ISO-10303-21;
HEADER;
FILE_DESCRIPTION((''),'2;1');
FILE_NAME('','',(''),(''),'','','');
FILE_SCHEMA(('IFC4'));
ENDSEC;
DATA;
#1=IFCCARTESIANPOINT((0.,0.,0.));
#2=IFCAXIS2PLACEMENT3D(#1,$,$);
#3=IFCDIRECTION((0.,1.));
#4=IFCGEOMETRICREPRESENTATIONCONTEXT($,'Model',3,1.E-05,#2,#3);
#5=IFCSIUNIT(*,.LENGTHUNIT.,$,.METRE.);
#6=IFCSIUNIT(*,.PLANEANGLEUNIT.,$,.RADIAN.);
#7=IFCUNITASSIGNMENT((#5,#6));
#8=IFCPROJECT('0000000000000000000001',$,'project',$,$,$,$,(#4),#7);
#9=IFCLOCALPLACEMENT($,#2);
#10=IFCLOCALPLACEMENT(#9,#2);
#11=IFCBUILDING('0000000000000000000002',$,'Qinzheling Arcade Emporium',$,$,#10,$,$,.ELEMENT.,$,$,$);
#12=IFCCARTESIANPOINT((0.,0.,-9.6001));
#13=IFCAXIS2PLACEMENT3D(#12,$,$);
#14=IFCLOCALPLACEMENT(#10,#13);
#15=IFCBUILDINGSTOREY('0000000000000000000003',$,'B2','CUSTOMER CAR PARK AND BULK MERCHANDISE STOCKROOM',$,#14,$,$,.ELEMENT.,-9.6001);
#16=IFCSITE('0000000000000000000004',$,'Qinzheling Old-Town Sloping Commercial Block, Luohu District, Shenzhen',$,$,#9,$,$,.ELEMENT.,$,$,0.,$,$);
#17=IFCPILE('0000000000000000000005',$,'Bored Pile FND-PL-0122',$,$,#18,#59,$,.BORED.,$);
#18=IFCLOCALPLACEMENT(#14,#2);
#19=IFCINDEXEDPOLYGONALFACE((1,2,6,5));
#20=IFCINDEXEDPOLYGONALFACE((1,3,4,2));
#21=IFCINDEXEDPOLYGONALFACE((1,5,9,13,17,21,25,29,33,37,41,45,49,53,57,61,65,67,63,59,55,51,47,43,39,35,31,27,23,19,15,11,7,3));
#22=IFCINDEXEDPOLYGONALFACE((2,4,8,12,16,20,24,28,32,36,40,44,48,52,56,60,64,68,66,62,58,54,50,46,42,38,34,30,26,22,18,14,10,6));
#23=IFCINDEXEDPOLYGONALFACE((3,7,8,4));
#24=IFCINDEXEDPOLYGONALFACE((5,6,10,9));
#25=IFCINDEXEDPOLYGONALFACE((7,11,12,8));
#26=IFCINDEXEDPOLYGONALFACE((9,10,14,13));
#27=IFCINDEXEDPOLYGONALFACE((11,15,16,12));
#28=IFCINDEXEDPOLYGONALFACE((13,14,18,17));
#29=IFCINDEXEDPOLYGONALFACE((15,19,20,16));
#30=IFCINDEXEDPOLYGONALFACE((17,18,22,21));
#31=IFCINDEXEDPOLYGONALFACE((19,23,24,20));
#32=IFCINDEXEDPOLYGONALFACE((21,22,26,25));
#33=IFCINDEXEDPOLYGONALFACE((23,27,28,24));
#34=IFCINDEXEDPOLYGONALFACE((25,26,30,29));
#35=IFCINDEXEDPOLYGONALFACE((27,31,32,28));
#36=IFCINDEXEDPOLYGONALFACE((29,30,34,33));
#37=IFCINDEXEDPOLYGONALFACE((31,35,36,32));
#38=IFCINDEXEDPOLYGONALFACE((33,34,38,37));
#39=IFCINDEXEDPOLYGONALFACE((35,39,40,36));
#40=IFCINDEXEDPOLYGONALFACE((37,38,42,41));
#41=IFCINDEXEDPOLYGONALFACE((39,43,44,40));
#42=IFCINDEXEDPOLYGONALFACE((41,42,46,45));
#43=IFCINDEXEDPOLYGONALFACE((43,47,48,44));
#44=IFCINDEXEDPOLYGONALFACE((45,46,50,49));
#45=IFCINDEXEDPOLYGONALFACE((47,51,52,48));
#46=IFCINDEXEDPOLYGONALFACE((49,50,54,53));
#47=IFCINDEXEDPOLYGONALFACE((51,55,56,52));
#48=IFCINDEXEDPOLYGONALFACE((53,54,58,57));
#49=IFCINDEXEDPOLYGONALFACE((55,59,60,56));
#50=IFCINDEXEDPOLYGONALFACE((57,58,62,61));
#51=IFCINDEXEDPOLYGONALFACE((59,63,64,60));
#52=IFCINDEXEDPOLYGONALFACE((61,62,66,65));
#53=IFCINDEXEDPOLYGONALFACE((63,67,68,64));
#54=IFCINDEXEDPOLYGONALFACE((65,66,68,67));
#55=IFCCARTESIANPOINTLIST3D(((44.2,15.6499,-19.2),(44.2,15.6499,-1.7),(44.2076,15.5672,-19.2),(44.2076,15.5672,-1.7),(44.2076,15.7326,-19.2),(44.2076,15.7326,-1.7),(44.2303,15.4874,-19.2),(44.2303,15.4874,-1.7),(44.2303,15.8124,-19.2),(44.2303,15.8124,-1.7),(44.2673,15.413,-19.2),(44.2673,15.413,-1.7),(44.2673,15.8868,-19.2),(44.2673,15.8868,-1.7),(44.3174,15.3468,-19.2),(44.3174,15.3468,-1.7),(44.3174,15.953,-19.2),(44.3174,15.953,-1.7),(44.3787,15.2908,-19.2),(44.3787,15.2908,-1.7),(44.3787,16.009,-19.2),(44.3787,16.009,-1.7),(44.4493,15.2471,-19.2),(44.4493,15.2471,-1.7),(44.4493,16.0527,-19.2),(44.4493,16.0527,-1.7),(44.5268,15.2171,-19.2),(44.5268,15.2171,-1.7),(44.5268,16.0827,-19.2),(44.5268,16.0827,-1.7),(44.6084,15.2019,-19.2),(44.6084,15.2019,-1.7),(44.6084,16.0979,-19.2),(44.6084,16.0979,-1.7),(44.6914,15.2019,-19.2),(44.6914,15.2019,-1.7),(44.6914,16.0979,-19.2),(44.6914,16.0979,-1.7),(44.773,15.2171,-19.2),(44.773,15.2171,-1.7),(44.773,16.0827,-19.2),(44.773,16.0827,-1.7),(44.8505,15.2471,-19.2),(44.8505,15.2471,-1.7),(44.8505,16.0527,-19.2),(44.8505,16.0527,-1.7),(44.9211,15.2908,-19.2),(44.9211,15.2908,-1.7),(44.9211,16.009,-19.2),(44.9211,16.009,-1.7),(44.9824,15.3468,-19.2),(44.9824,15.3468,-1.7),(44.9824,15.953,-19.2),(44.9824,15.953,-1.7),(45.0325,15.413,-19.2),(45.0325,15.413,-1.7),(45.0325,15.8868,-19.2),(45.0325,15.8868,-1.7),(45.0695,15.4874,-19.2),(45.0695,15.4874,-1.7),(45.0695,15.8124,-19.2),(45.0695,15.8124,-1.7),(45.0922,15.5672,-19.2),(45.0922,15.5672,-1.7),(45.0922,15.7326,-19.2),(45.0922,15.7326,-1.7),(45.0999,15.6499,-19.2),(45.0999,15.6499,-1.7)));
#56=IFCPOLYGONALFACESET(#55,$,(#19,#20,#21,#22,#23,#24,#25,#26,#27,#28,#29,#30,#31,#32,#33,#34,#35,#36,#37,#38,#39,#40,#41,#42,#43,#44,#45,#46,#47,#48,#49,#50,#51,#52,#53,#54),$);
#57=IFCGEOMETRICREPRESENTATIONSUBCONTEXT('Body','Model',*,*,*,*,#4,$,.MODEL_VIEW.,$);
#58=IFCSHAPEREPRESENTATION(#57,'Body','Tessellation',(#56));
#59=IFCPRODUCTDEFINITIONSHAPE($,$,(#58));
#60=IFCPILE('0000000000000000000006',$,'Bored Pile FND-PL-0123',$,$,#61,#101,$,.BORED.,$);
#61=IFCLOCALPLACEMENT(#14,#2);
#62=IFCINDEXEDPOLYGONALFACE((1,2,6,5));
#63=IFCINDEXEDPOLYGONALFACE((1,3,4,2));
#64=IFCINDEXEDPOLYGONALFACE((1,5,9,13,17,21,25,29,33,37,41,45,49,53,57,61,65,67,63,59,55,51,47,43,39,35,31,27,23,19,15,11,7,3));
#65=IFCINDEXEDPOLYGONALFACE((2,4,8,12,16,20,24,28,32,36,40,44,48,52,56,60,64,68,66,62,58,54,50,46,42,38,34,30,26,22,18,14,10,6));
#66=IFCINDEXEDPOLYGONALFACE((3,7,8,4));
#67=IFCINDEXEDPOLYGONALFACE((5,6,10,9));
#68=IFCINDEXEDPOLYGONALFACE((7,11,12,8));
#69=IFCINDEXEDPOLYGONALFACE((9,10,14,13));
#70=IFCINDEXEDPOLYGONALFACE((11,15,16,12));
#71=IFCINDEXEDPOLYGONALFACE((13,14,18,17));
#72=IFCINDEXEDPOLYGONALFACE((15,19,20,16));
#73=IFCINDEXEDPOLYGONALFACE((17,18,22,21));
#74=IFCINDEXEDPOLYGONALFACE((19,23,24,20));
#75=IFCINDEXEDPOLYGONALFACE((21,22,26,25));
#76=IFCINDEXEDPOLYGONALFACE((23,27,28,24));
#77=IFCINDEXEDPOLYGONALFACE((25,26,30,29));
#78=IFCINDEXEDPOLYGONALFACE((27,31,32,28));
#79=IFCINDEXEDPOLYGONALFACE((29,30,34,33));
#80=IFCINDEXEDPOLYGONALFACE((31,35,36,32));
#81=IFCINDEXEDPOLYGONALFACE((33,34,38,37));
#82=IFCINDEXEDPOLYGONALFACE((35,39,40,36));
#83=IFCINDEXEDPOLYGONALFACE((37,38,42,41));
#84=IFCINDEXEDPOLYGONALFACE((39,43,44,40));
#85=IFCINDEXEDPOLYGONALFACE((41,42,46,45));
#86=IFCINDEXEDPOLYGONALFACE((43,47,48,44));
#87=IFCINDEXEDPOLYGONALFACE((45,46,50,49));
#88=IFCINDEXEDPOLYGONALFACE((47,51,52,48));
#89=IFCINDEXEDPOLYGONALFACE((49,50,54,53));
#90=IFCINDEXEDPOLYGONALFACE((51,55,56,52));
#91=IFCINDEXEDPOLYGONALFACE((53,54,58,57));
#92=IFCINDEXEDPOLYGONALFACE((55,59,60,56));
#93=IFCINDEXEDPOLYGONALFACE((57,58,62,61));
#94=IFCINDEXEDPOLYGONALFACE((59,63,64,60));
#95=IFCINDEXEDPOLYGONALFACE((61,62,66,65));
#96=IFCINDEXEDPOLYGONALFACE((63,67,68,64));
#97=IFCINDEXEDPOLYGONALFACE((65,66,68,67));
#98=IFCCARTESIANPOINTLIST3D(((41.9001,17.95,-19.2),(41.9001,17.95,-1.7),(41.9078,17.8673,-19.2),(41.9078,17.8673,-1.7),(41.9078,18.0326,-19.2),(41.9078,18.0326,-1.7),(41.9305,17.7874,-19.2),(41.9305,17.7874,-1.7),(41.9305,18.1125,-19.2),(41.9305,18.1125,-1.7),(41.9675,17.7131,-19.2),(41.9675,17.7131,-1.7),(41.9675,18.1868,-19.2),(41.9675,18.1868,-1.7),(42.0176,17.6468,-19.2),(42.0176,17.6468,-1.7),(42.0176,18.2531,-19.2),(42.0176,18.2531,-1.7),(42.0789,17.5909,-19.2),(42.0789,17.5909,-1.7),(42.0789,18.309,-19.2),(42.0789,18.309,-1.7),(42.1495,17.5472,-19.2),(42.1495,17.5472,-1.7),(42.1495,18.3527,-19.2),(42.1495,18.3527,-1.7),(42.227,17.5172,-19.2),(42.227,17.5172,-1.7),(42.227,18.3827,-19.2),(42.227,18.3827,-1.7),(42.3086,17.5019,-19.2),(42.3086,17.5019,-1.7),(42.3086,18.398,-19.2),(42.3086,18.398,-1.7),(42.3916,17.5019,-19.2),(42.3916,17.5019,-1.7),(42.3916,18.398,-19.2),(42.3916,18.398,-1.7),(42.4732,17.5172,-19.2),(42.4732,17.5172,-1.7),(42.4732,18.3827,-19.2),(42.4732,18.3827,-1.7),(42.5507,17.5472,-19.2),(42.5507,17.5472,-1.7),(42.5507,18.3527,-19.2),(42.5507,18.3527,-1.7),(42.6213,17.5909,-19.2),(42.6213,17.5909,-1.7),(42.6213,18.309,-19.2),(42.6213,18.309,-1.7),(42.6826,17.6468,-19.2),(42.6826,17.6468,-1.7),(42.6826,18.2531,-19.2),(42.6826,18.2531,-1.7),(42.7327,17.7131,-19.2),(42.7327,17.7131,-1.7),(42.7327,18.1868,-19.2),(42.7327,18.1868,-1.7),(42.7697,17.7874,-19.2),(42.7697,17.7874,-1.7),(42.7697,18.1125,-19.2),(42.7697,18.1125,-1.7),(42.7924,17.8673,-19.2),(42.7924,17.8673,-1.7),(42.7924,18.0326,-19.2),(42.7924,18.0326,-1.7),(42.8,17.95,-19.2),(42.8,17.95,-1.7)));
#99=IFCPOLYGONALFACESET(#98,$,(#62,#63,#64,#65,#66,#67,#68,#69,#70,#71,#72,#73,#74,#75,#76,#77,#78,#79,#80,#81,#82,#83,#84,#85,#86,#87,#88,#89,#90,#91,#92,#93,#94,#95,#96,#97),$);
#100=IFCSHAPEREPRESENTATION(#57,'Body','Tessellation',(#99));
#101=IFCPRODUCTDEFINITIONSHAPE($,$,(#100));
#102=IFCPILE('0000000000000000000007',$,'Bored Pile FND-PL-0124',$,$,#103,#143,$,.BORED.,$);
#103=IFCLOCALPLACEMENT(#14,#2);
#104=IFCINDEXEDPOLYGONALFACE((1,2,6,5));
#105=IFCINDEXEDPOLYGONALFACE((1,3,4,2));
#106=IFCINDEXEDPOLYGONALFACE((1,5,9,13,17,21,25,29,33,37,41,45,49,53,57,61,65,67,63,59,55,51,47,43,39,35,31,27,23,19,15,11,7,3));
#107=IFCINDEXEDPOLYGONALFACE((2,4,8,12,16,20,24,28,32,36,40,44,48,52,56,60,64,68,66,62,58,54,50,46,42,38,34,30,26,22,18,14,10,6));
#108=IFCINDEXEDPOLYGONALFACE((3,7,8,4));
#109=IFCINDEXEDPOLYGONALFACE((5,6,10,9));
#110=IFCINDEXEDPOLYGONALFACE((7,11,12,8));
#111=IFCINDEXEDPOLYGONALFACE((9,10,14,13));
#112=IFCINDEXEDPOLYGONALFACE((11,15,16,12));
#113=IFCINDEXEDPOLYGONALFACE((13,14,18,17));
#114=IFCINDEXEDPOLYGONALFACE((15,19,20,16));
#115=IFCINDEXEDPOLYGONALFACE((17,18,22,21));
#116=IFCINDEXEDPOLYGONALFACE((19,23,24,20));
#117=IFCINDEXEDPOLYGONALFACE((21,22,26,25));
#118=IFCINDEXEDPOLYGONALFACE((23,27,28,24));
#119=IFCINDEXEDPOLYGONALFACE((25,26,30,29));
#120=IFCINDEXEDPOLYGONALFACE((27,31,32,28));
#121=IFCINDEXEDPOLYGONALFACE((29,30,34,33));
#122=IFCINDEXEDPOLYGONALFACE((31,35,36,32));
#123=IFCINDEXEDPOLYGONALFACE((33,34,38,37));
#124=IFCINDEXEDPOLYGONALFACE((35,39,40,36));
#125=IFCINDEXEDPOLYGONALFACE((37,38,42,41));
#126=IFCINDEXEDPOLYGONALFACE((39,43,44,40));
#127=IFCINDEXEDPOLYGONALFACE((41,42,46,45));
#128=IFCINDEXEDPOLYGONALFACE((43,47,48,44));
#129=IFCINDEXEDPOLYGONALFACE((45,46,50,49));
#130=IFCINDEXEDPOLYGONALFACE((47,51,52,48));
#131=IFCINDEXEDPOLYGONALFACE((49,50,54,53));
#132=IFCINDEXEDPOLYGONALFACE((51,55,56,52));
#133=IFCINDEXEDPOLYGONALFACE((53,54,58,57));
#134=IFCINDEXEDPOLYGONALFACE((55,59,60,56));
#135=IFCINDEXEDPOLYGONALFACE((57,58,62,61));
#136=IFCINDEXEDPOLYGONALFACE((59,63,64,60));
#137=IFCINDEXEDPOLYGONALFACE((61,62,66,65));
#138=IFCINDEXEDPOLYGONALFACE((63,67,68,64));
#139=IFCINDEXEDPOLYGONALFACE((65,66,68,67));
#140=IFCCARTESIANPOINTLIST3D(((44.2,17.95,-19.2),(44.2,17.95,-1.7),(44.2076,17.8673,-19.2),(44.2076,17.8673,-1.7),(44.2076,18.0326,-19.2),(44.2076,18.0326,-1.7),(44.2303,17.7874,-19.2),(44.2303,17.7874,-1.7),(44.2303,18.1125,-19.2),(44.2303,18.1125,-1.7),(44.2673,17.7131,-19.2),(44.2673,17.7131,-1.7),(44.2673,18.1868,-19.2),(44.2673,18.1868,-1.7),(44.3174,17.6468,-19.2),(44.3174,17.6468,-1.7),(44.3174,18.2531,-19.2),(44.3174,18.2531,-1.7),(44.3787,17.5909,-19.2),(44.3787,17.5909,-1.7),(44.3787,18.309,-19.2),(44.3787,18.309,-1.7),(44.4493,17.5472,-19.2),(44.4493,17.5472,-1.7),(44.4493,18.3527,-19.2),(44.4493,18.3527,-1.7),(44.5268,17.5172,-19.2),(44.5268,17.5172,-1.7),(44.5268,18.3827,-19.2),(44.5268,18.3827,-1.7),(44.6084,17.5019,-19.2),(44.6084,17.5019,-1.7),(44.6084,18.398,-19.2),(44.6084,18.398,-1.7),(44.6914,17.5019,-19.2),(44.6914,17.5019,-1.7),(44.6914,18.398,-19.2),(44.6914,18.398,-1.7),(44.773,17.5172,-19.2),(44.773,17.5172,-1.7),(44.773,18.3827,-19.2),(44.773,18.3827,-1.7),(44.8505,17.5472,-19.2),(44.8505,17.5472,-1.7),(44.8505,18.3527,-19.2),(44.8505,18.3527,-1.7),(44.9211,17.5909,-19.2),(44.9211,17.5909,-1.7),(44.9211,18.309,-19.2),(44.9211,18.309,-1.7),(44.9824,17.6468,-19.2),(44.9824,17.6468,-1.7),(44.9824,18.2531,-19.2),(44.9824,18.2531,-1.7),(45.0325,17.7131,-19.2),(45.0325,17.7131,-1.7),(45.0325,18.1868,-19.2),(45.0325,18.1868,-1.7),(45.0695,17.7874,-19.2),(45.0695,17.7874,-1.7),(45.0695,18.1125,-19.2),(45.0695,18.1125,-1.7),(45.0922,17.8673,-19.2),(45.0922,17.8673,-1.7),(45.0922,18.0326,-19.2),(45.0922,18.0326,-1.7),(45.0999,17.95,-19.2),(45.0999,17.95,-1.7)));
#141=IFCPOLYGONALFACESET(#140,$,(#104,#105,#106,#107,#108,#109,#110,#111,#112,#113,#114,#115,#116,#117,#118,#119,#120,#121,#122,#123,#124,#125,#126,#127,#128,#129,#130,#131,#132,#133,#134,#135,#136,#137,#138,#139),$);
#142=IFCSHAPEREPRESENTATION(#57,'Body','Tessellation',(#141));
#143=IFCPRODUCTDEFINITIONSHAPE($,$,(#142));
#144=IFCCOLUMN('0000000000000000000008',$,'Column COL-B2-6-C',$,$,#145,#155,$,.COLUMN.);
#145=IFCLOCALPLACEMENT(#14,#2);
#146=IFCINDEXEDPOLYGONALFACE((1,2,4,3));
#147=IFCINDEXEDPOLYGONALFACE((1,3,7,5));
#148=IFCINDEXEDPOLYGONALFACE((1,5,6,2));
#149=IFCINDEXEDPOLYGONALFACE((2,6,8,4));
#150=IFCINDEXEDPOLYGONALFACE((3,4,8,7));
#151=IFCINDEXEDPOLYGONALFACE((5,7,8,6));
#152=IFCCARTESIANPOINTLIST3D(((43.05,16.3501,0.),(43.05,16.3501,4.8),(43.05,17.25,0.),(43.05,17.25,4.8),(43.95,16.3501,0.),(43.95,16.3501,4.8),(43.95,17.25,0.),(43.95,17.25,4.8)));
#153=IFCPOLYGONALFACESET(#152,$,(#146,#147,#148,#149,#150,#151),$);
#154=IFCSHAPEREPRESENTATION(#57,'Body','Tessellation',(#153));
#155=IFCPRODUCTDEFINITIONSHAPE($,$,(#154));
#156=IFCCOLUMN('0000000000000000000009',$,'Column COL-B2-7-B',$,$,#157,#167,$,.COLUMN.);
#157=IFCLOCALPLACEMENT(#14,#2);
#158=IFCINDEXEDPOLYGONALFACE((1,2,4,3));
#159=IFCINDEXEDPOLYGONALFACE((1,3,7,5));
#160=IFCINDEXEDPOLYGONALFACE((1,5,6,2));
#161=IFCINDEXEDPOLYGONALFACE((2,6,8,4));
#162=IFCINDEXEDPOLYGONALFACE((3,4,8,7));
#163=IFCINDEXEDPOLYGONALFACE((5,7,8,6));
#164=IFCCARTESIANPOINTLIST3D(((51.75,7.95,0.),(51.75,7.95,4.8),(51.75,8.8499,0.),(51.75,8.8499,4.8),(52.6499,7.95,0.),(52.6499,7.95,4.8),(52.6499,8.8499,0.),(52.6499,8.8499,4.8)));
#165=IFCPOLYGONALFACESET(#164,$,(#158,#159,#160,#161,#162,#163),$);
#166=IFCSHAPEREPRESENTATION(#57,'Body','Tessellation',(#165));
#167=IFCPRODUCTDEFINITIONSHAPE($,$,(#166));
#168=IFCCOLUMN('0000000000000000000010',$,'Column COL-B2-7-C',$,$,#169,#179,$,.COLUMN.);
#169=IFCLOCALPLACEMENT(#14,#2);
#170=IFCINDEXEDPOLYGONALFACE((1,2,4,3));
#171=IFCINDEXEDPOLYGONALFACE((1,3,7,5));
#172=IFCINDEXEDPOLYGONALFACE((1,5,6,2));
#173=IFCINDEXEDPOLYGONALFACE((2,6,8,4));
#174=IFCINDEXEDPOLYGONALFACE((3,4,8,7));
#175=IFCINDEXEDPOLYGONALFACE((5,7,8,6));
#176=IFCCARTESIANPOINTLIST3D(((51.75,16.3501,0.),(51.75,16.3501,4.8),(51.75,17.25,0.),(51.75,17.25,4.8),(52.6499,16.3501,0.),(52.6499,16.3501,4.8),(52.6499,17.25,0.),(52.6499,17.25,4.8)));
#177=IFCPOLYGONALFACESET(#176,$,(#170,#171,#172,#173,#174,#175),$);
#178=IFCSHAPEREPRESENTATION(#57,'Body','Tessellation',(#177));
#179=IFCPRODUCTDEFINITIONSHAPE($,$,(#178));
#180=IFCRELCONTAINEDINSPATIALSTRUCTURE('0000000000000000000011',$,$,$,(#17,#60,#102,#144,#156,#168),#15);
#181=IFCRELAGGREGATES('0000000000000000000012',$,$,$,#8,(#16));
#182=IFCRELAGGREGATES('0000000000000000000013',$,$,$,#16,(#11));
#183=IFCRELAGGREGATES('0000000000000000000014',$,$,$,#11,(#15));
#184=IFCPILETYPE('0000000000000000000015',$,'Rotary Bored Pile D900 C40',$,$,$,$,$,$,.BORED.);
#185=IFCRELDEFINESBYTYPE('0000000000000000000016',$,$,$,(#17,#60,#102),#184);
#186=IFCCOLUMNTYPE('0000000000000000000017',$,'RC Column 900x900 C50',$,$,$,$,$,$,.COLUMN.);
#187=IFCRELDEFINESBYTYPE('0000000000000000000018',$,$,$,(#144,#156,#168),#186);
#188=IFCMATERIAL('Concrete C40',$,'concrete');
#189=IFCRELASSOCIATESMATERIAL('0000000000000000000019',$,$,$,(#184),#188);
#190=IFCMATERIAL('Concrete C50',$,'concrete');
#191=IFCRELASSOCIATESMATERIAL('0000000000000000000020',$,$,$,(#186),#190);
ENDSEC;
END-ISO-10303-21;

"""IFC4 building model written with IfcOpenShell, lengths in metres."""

from ifc_helpers import new_model, si_unit, direction, frame, origin, origin_2d, place, context, subcontext, project, spatial, rectangle, circle, extrude, material, material_profile, profile_set, type_object, element, save


model = new_model("IFC4")

# Units and contexts
model_context = context("Model", 3, precision=1e-05, world=origin(), true_north=direction((0.0, 1.0)))
body_context = subcontext(model_context, "Body", "Model", "MODEL_VIEW")
ifc_project = project(units=[si_unit("LENGTHUNIT", "METRE"), si_unit("PLANEANGLEUNIT", "RADIAN")], contexts=[model_context])

# Site, building, storey
site_placement = place(None, origin())
site = spatial("IfcSite", under=ifc_project, at=site_placement, Name="Qinzheling Old-Town Sloping Commercial Block, Luohu District, Shenzhen", CompositionType="ELEMENT", RefElevation=0.0)
building_placement = place(site_placement, origin())
building = spatial("IfcBuilding", under=site, at=building_placement, Name="Qinzheling Arcade Emporium", CompositionType="ELEMENT")
storey_placement = place(building_placement, frame((0.0, 0.0, -9.6001)))
storey = spatial("IfcBuildingStorey", under=building, at=storey_placement, Name="B2", Description="CUSTOMER CAR PARK AND BULK MERCHANDISE STOCKROOM", CompositionType="ELEMENT", Elevation=-9.6001)

# Shared definitions
ifc_material_1 = material(Name="Concrete C40", Category="concrete")

# Piles
ifc_material_profile_1 = material_profile(ifc_material_1, circle(Radius=0.45, at=origin_2d()), Name="BORED D900", Category="concrete")
ifc_profile_set_1 = profile_set([ifc_material_profile_1], Name="Concrete C40")
pile_type_1 = type_object("IfcPileType", Name="Rotary Bored Pile D900 C40", PredefinedType="BORED", material=ifc_profile_set_1)
for number, where, z_axis, x_axis, name in (
    (1, (44.6499, 15.6499, -1.7), (0.0, 0.0, -1.0), (1.0, 0.0, 0.0), "Bored Pile FND-PL-0122"),
    (2, (42.3501, 17.95, -1.7), (0.0, 0.0, -1.0), (1.0, 0.0, 0.0), "Bored Pile FND-PL-0123"),
    (3, (44.6499, 17.95, -1.7), (0.0, 0.0, -1.0), (1.0, 0.0, 0.0), "Bored Pile FND-PL-0124"),
):
    element("IfcPile", number, at=place(storey_placement, frame(where, z_axis=z_axis, x_axis=x_axis)), inside=storey, type_object=pile_type_1, Name=name, PredefinedType="BORED", context=body_context, shape_type="SweptSolid", body=[
        extrude(circle(Radius=0.45, at=origin_2d()), origin(), (0.0, 0.0, 1.0), 17.5),
    ])

# Columns
ifc_material_2 = material(Name="Concrete C50", Category="concrete")
ifc_material_profile_2 = material_profile(ifc_material_2, rectangle(XDim=0.8999, YDim=0.8999, at=origin_2d()), Name="RC 900x900", Category="concrete")
ifc_profile_set_2 = profile_set([ifc_material_profile_2], Name="Concrete C50")
column_type = type_object("IfcColumnType", Name="RC Column 900x900 C50", PredefinedType="COLUMN", material=ifc_profile_set_2)
for number, where, z_axis, x_axis, name in (
    (4, (43.5, 16.8, 0.0), (0.0, 0.0, 1.0), (1.0, 0.0, 0.0), "Column COL-B2-6-C"),
    (5, (52.2, 8.3999, 0.0), (0.0, 0.0, 1.0), (1.0, 0.0, 0.0), "Column COL-B2-7-B"),
    (6, (52.2, 16.8, 0.0), (0.0, 0.0, 1.0), (1.0, 0.0, 0.0), "Column COL-B2-7-C"),
):
    element("IfcColumn", number, at=place(storey_placement, frame(where, z_axis=z_axis, x_axis=x_axis)), inside=storey, type_object=column_type, Name=name, PredefinedType="COLUMN", context=body_context, shape_type="SweptSolid", body=[
        extrude(rectangle(XDim=0.8999, YDim=0.8999, at=origin_2d()), origin(), (0.0, 0.0, 1.0), 4.8),
    ])

save(model, "model.ifc")
